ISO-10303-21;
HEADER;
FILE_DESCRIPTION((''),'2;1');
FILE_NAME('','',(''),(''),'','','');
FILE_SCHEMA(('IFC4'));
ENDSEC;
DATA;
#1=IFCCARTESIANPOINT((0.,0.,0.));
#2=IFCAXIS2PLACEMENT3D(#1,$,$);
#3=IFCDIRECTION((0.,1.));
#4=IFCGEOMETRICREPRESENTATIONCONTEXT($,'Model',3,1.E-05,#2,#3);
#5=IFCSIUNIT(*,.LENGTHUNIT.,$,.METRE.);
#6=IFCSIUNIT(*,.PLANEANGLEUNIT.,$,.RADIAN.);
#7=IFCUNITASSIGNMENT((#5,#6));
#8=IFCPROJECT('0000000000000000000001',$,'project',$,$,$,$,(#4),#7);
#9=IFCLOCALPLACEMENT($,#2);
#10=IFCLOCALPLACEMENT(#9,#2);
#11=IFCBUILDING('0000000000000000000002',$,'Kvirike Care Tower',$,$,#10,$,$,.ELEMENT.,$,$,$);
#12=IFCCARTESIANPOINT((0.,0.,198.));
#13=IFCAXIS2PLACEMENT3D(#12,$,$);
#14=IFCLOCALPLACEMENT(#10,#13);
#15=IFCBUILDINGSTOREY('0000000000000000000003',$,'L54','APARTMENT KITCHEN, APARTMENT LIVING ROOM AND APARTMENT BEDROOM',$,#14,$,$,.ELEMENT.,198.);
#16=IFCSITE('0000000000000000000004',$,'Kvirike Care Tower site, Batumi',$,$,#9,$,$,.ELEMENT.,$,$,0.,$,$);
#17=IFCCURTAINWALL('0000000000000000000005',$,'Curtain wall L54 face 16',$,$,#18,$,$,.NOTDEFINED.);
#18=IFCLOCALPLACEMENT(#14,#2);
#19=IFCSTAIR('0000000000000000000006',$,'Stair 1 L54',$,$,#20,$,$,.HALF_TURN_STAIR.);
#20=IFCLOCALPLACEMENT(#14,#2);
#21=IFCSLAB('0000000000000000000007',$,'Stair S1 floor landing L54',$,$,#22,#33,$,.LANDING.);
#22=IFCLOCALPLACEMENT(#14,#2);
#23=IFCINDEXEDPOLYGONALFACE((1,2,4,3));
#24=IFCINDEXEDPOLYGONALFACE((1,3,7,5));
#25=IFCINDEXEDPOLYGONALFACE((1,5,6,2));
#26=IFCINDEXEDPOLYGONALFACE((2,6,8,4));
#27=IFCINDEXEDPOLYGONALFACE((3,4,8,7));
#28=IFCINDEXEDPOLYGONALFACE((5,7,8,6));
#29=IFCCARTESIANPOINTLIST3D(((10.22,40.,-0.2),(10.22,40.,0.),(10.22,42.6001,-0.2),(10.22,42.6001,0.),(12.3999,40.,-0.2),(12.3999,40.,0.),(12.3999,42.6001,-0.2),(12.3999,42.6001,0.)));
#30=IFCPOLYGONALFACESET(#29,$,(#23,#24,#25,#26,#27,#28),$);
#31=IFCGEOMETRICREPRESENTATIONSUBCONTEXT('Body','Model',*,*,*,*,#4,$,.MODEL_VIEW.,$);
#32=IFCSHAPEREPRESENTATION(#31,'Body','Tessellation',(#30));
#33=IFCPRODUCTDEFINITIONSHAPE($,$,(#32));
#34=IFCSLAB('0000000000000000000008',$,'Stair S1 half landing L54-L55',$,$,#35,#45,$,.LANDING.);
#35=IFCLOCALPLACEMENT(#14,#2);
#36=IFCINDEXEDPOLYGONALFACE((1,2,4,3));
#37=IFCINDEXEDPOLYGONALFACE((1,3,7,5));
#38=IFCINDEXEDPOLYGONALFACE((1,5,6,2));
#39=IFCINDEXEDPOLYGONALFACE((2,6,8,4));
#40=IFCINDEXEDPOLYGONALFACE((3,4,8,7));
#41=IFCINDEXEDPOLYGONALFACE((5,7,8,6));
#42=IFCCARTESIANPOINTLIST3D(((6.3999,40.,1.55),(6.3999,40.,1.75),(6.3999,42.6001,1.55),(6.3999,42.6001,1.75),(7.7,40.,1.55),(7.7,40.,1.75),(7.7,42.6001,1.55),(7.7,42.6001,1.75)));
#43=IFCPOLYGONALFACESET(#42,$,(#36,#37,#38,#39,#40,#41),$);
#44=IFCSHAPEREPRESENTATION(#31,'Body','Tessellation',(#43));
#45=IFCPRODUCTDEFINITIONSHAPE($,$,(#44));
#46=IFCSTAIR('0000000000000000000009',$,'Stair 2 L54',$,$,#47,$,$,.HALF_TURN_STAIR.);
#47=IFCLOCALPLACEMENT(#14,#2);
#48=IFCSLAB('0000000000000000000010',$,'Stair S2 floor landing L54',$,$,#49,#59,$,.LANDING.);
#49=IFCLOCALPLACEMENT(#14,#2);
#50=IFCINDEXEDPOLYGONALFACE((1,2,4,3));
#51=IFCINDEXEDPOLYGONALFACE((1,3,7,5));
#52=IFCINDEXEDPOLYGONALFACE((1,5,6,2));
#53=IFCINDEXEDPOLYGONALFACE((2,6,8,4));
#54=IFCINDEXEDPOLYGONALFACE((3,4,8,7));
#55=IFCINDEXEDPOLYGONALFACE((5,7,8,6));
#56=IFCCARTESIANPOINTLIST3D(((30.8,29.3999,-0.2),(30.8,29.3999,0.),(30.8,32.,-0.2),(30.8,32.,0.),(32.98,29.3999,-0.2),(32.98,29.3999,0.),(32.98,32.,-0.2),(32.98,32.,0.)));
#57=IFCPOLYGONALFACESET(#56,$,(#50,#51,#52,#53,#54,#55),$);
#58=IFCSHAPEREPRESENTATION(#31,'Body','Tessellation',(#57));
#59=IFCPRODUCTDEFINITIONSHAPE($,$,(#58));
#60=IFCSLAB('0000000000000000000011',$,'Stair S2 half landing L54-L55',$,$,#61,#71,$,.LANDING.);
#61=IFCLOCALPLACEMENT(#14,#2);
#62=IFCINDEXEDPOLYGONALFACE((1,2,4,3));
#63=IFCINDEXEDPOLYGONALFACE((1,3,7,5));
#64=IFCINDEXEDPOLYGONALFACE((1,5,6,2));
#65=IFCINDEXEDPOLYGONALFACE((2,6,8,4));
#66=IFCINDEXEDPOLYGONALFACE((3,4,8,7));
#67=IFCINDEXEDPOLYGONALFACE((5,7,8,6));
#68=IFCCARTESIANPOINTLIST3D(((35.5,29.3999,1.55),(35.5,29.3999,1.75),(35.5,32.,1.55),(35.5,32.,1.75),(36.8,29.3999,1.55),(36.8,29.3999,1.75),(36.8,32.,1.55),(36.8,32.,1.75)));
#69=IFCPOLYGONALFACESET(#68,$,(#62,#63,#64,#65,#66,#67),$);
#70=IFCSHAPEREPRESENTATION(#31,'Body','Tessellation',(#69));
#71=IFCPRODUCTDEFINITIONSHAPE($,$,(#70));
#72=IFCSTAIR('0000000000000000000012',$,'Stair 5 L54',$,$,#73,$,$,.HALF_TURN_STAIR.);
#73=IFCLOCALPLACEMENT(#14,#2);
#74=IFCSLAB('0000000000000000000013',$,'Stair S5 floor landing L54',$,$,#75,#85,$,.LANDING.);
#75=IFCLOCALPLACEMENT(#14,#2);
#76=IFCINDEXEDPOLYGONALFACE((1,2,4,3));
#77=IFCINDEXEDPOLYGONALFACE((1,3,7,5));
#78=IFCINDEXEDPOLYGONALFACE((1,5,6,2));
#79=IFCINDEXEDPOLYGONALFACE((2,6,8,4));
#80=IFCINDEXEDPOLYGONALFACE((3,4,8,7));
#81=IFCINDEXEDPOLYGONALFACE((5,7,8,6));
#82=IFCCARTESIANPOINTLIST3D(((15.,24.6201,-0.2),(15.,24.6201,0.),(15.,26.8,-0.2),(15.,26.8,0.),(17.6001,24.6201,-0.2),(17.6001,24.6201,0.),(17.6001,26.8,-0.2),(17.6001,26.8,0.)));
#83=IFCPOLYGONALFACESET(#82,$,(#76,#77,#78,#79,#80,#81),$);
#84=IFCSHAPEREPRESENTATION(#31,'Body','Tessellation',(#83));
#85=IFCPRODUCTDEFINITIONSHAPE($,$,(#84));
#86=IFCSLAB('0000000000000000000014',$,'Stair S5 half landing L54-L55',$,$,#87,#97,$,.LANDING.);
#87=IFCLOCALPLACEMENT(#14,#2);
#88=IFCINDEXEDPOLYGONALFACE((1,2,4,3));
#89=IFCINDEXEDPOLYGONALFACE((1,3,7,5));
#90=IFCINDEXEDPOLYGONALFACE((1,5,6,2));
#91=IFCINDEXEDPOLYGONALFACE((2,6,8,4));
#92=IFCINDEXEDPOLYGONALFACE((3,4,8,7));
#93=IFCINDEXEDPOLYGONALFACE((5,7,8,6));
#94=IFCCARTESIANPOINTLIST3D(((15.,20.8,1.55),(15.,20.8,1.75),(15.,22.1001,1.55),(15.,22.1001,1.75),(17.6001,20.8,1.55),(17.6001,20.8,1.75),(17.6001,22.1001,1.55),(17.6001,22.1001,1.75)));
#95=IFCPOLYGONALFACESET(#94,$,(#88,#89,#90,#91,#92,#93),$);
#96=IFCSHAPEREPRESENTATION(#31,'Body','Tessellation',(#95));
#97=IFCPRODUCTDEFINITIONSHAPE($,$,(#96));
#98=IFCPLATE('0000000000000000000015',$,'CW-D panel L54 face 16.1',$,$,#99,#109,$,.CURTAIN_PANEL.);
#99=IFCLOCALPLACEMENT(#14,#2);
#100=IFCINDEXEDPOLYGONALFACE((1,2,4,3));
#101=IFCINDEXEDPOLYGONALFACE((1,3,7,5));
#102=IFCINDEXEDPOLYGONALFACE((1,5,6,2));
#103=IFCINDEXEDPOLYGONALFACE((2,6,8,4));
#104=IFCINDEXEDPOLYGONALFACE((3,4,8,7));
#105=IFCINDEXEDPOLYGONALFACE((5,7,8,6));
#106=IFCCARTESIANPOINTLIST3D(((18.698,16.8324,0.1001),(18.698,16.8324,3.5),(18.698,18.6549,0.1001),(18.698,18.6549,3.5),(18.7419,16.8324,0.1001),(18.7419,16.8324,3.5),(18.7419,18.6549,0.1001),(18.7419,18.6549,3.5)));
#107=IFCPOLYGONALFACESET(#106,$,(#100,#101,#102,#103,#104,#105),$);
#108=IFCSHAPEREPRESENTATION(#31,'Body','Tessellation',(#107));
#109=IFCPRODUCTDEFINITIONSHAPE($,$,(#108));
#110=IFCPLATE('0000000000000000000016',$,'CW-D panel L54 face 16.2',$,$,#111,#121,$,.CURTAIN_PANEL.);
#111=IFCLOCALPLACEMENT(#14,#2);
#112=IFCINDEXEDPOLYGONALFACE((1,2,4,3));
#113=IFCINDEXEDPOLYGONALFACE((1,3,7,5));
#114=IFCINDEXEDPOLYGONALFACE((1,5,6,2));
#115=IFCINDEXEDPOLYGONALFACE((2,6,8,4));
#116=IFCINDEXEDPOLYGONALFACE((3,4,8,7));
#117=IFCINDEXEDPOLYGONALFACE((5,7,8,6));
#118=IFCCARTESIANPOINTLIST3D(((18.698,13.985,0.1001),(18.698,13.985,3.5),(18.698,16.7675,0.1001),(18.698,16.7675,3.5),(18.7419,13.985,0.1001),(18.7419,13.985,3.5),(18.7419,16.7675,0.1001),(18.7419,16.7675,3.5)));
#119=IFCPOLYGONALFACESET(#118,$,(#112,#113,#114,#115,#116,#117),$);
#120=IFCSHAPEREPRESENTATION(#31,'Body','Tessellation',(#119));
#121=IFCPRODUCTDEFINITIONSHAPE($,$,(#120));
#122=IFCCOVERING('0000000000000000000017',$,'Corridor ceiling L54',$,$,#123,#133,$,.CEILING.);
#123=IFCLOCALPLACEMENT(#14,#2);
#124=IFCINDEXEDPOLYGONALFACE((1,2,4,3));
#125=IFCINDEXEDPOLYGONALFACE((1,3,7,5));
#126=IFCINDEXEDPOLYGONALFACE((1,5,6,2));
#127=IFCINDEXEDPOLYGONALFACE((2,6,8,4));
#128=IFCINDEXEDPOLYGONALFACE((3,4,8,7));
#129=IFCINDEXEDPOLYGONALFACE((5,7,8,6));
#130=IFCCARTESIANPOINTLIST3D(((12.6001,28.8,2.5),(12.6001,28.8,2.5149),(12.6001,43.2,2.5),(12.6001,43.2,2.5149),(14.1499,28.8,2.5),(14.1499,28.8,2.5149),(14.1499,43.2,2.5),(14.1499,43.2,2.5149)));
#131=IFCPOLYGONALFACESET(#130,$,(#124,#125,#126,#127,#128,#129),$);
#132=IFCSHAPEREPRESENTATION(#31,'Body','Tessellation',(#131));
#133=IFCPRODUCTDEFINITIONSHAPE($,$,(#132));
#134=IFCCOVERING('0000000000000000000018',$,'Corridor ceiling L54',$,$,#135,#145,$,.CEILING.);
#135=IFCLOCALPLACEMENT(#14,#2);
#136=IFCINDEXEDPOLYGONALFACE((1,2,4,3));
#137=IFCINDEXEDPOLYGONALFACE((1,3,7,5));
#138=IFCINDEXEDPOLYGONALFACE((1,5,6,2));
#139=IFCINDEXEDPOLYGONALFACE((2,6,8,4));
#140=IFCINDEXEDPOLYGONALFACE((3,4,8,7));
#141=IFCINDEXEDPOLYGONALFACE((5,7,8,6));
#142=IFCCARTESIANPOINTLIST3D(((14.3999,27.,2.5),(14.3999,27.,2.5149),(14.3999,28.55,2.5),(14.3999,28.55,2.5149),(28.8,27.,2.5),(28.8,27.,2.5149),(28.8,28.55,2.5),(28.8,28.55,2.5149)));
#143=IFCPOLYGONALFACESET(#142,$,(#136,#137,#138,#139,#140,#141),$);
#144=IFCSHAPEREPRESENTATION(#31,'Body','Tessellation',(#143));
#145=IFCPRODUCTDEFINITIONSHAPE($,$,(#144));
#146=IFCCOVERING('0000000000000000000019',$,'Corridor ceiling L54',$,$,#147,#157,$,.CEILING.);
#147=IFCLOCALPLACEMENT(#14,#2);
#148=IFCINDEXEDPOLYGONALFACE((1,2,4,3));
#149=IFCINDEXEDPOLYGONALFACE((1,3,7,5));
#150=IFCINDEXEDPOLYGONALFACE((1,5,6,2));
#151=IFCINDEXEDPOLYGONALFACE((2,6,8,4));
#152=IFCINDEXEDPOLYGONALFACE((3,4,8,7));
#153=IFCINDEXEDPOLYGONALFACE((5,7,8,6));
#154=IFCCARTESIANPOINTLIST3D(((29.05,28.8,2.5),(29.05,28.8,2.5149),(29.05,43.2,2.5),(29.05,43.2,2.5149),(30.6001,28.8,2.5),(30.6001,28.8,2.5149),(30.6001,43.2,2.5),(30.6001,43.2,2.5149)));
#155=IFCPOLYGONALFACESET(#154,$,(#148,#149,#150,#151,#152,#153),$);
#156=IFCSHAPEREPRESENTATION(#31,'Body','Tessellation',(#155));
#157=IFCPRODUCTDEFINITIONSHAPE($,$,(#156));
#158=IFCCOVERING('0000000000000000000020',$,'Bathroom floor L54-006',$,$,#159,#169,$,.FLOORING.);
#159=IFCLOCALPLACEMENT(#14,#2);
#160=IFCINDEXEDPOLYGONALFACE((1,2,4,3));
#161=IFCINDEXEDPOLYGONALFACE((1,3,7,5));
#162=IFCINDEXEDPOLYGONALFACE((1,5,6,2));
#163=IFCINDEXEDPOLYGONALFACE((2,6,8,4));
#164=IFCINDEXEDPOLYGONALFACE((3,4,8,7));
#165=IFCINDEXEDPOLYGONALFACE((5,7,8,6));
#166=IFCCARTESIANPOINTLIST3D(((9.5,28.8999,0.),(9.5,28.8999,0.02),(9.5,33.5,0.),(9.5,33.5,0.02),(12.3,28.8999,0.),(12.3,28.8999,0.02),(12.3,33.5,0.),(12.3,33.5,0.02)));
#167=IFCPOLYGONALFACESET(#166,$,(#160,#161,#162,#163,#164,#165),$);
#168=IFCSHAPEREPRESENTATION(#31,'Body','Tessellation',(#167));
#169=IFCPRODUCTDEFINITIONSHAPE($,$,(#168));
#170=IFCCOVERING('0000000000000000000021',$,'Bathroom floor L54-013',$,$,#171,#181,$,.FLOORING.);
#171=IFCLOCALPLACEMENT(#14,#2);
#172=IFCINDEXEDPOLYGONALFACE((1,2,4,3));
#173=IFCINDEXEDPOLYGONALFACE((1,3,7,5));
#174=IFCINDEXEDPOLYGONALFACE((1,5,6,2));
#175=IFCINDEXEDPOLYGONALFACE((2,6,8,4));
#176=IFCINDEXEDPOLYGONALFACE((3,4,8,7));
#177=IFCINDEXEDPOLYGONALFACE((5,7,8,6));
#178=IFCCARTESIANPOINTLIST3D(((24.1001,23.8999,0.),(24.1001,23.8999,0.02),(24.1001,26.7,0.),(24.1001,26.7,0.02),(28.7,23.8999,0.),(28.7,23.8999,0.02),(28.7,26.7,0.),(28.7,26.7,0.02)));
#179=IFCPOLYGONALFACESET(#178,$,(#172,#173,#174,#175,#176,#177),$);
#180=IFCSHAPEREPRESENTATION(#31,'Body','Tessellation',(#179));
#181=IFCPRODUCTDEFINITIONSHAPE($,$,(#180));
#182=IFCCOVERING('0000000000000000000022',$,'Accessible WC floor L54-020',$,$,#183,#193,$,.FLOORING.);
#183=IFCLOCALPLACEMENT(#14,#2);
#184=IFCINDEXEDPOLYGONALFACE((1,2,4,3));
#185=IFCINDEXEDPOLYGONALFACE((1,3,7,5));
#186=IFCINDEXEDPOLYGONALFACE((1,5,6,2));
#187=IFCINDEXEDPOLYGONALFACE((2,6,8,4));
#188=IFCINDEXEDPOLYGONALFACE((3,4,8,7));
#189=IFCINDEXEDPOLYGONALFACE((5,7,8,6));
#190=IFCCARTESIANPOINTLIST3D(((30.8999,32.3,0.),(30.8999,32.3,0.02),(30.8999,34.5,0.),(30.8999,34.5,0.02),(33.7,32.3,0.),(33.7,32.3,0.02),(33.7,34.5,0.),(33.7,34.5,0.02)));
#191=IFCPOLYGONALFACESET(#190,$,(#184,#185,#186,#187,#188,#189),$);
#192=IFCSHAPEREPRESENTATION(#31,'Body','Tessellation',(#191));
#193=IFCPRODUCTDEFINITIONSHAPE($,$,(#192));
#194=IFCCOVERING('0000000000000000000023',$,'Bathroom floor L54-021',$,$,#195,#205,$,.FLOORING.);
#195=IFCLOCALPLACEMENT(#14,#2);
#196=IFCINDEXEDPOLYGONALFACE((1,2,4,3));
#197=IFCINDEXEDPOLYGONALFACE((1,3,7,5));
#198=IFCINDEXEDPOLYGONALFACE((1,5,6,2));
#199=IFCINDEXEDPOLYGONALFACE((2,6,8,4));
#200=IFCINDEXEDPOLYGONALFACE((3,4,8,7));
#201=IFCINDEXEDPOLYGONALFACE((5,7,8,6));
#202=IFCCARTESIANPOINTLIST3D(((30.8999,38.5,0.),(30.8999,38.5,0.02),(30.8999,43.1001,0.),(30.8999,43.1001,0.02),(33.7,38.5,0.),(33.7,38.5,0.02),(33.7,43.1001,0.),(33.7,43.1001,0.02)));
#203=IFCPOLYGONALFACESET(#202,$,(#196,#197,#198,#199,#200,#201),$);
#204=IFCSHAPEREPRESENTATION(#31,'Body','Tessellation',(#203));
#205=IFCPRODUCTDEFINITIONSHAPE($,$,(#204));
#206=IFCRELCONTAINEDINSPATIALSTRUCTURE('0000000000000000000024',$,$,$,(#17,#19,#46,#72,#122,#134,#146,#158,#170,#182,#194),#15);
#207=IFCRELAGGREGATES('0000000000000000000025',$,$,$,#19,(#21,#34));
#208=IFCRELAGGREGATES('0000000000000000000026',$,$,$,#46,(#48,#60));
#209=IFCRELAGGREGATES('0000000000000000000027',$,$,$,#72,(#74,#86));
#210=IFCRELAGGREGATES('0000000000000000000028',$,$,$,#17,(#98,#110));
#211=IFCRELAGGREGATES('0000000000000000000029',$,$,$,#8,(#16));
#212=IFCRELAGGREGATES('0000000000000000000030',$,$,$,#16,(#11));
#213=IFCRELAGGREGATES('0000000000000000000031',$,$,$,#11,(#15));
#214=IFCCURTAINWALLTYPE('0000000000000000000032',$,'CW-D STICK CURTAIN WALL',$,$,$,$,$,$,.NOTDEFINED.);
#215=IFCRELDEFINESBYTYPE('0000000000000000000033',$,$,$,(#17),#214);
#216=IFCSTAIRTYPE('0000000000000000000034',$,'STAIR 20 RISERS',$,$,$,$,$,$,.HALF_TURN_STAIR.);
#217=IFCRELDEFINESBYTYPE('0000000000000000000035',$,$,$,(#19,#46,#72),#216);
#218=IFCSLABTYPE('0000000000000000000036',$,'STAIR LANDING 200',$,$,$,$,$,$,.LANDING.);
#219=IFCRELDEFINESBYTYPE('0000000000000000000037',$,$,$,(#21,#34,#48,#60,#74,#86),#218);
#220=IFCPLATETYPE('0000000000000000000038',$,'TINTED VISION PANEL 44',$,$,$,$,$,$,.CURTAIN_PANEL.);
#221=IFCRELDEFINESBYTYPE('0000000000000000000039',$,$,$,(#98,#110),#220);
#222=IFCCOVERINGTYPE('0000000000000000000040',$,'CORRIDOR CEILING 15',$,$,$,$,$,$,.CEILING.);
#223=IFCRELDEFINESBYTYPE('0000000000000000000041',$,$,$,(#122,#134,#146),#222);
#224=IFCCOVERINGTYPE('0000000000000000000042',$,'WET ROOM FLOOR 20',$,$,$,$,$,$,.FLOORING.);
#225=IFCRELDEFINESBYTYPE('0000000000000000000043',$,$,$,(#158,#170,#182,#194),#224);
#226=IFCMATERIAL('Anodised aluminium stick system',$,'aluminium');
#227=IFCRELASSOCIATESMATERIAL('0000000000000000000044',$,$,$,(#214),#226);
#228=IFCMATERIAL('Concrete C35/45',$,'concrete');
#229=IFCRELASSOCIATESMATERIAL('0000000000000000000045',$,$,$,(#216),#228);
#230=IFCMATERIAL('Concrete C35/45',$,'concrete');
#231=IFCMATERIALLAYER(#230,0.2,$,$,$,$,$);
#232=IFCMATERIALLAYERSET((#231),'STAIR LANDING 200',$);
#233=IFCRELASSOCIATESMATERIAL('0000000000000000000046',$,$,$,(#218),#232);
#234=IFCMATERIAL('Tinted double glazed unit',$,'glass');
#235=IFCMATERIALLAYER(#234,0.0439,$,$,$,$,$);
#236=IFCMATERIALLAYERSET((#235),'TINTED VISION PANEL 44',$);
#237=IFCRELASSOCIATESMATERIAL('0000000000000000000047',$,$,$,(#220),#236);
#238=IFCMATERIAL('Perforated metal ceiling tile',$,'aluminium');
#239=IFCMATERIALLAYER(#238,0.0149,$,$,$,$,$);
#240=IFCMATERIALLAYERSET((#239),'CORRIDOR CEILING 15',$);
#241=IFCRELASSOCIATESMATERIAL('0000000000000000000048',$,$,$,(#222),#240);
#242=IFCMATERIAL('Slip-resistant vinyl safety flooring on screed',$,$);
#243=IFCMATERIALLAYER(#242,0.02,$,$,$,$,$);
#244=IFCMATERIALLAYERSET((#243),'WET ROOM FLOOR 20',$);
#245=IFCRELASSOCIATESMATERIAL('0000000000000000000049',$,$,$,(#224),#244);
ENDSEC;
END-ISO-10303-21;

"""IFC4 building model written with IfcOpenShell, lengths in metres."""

from ifc_helpers import new_model, si_unit, direction, frame, origin, origin_2d, place, context, subcontext, project, spatial, polyline, rectangle, outline, extrude, material, layer, layer_set, type_object, element, aggregate, save


model = new_model("IFC4")

# Units and contexts
model_context = context("Model", 3, precision=1e-05, world=origin(), true_north=direction((0.0, 1.0)))
body_context = subcontext(model_context, "Body", "Model", "MODEL_VIEW")
ifc_project = project(units=[si_unit("LENGTHUNIT", "METRE"), si_unit("PLANEANGLEUNIT", "RADIAN")], contexts=[model_context])

# Site, building, storey
site_placement = place(None, origin())
site = spatial("IfcSite", under=ifc_project, at=site_placement, Name="Kvirike Care Tower site, Batumi", CompositionType="ELEMENT", RefElevation=0.0)
building_placement = place(site_placement, origin())
building = spatial("IfcBuilding", under=site, at=building_placement, Name="Kvirike Care Tower", CompositionType="ELEMENT")
storey_placement = place(building_placement, frame((0.0, 0.0, 198.0)))
storey = spatial("IfcBuildingStorey", under=building, at=storey_placement, Name="L54", Description="APARTMENT KITCHEN, APARTMENT LIVING ROOM AND APARTMENT BEDROOM", CompositionType="ELEMENT", Elevation=198.0)

# Shared definitions
ifc_material_1 = material(Name="Anodised aluminium stick system", Category="aluminium")
curtain_wall_type = type_object("IfcCurtainWallType", Name="CW-D STICK CURTAIN WALL", PredefinedType="NOTDEFINED", material=ifc_material_1)

# Curtain wall
curtain_wall_1_placement = place(storey_placement, origin())
curtain_wall_1 = element("IfcCurtainWall", 1, at=curtain_wall_1_placement, inside=storey, type_object=curtain_wall_type, Name="Curtain wall L54 face 16", PredefinedType="NOTDEFINED")

# Stairs, slabs
ifc_material_2 = material(Name="Concrete C35/45", Category="concrete")
stair_type = type_object("IfcStairType", Name="STAIR 20 RISERS", PredefinedType="HALF_TURN_STAIR", material=ifc_material_2)
stair_1_placement = place(storey_placement, origin())
stair_1 = element("IfcStair", 2, at=stair_1_placement, inside=storey, type_object=stair_type, Name="Stair 1 L54", PredefinedType="HALF_TURN_STAIR")
ifc_material_3 = material(Name="Concrete C35/45", Category="concrete")
ifc_layer_1 = layer(ifc_material_3, 0.2)
ifc_layer_set_1 = layer_set([ifc_layer_1], Name="STAIR LANDING 200")
slab_type_1 = type_object("IfcSlabType", Name="STAIR LANDING 200", PredefinedType="LANDING", material=ifc_layer_set_1)
slab_1_placement = place(storey_placement, frame((0.0, 0.0, -0.2)))
slab_1 = element("IfcSlab", 3, at=slab_1_placement, type_object=slab_type_1, Name="Stair S1 floor landing L54", PredefinedType="LANDING", context=body_context, shape_type="SweptSolid", body=[
    extrude(outline(polyline([(10.22, 42.6001), (10.22, 40.0), (12.3999, 40.0), (12.3999, 42.6001), (10.22, 42.6001)])), origin(), (0.0, 0.0, 1.0), 0.2),
])
slab_2_placement = place(storey_placement, frame((0.0, 0.0, 1.55)))
slab_2 = element("IfcSlab", 4, at=slab_2_placement, type_object=slab_type_1, Name="Stair S1 half landing L54-L55", PredefinedType="LANDING", context=body_context, shape_type="SweptSolid", body=[
    extrude(outline(polyline([(6.3999, 42.6001), (6.3999, 40.0), (7.7, 40.0), (7.7, 42.6001), (6.3999, 42.6001)])), origin(), (0.0, 0.0, 1.0), 0.2),
])
aggregate(stair_1, [slab_1, slab_2])
stair_2_placement = place(storey_placement, origin())
stair_2 = element("IfcStair", 5, at=stair_2_placement, inside=storey, type_object=stair_type, Name="Stair 2 L54", PredefinedType="HALF_TURN_STAIR")
slab_3_placement = place(storey_placement, frame((0.0, 0.0, -0.2)))
slab_3 = element("IfcSlab", 6, at=slab_3_placement, type_object=slab_type_1, Name="Stair S2 floor landing L54", PredefinedType="LANDING", context=body_context, shape_type="SweptSolid", body=[
    extrude(outline(polyline([(32.98, 29.3999), (32.98, 32.0), (30.8, 32.0), (30.8, 29.3999), (32.98, 29.3999)])), origin(), (0.0, 0.0, 1.0), 0.2),
])
slab_4_placement = place(storey_placement, frame((0.0, 0.0, 1.55)))
slab_4 = element("IfcSlab", 7, at=slab_4_placement, type_object=slab_type_1, Name="Stair S2 half landing L54-L55", PredefinedType="LANDING", context=body_context, shape_type="SweptSolid", body=[
    extrude(outline(polyline([(36.8, 29.3999), (36.8, 32.0), (35.5, 32.0), (35.5, 29.3999), (36.8, 29.3999)])), origin(), (0.0, 0.0, 1.0), 0.2),
])
aggregate(stair_2, [slab_3, slab_4])
stair_3_placement = place(storey_placement, origin())
stair_3 = element("IfcStair", 8, at=stair_3_placement, inside=storey, type_object=stair_type, Name="Stair 5 L54", PredefinedType="HALF_TURN_STAIR")
slab_5_placement = place(storey_placement, frame((0.0, 0.0, -0.2)))
slab_5 = element("IfcSlab", 9, at=slab_5_placement, type_object=slab_type_1, Name="Stair S5 floor landing L54", PredefinedType="LANDING", context=body_context, shape_type="SweptSolid", body=[
    extrude(outline(polyline([(15.0, 24.6201), (17.6001, 24.6201), (17.6001, 26.8), (15.0, 26.8), (15.0, 24.6201)])), origin(), (0.0, 0.0, 1.0), 0.2),
])
slab_6_placement = place(storey_placement, frame((0.0, 0.0, 1.55)))
slab_6 = element("IfcSlab", 10, at=slab_6_placement, type_object=slab_type_1, Name="Stair S5 half landing L54-L55", PredefinedType="LANDING", context=body_context, shape_type="SweptSolid", body=[
    extrude(outline(polyline([(15.0, 20.8), (17.6001, 20.8), (17.6001, 22.1001), (15.0, 22.1001), (15.0, 20.8)])), origin(), (0.0, 0.0, 1.0), 0.2),
])
aggregate(stair_3, [slab_5, slab_6])

# Plates
ifc_material_4 = material(Name="Tinted double glazed unit", Category="glass")
ifc_layer_2 = layer(ifc_material_4, 0.0439)
ifc_layer_set_2 = layer_set([ifc_layer_2], Name="TINTED VISION PANEL 44")
plate_type = type_object("IfcPlateType", Name="TINTED VISION PANEL 44", PredefinedType="CURTAIN_PANEL", material=ifc_layer_set_2)
plate_1_placement = place(storey_placement, frame((18.72, 17.7437, 0.1001), z_axis=(0.0, 0.0, 1.0), x_axis=(0.0, -1.0, 0.0)))
plate_1 = element("IfcPlate", 11, at=plate_1_placement, type_object=plate_type, Name="CW-D panel L54 face 16.1", PredefinedType="CURTAIN_PANEL", context=body_context, shape_type="SweptSolid", body=[
    extrude(rectangle(XDim=1.8225, YDim=0.0439, at=origin_2d()), origin(), (0.0, 0.0, 1.0), 3.3999),
])
plate_2_placement = place(storey_placement, frame((18.72, 15.3762, 0.1001), z_axis=(0.0, 0.0, 1.0), x_axis=(0.0, -1.0, 0.0)))
plate_2 = element("IfcPlate", 12, at=plate_2_placement, type_object=plate_type, Name="CW-D panel L54 face 16.2", PredefinedType="CURTAIN_PANEL", context=body_context, shape_type="SweptSolid", body=[
    extrude(rectangle(XDim=2.7825, YDim=0.0439, at=origin_2d()), origin(), (0.0, 0.0, 1.0), 3.3999),
])
aggregate(curtain_wall_1, [plate_1, plate_2])

# Coverings
ifc_material_5 = material(Name="Perforated metal ceiling tile", Category="aluminium")
ifc_layer_3 = layer(ifc_material_5, 0.0149)
ifc_layer_set_3 = layer_set([ifc_layer_3], Name="CORRIDOR CEILING 15")
covering_type_1 = type_object("IfcCoveringType", Name="CORRIDOR CEILING 15", PredefinedType="CEILING", material=ifc_layer_set_3)
covering_1_placement = place(storey_placement, frame((0.0, 0.0, 2.5)))
element("IfcCovering", 13, at=covering_1_placement, inside=storey, type_object=covering_type_1, Name="Corridor ceiling L54", PredefinedType="CEILING", context=body_context, shape_type="SweptSolid", body=[
    extrude(outline(polyline([(12.6001, 43.2), (14.1499, 43.2), (14.1499, 28.8), (12.6001, 28.8), (12.6001, 43.2)])), origin(), (0.0, 0.0, 1.0), 0.0149),
])
covering_2_placement = place(storey_placement, frame((0.0, 0.0, 2.5)))
element("IfcCovering", 14, at=covering_2_placement, inside=storey, type_object=covering_type_1, Name="Corridor ceiling L54", PredefinedType="CEILING", context=body_context, shape_type="SweptSolid", body=[
    extrude(outline(polyline([(14.3999, 27.0), (14.3999, 28.55), (28.8, 28.55), (28.8, 27.0), (14.3999, 27.0)])), origin(), (0.0, 0.0, 1.0), 0.0149),
])
covering_3_placement = place(storey_placement, frame((0.0, 0.0, 2.5)))
element("IfcCovering", 15, at=covering_3_placement, inside=storey, type_object=covering_type_1, Name="Corridor ceiling L54", PredefinedType="CEILING", context=body_context, shape_type="SweptSolid", body=[
    extrude(outline(polyline([(30.6001, 28.8), (29.05, 28.8), (29.05, 43.2), (30.6001, 43.2), (30.6001, 28.8)])), origin(), (0.0, 0.0, 1.0), 0.0149),
])
ifc_material_6 = material(Name="Slip-resistant vinyl safety flooring on screed")
ifc_layer_4 = layer(ifc_material_6, 0.02)
ifc_layer_set_4 = layer_set([ifc_layer_4], Name="WET ROOM FLOOR 20")
covering_type_2 = type_object("IfcCoveringType", Name="WET ROOM FLOOR 20", PredefinedType="FLOORING", material=ifc_layer_set_4)
covering_4_placement = place(storey_placement, origin())
element("IfcCovering", 16, at=covering_4_placement, inside=storey, type_object=covering_type_2, Name="Bathroom floor L54-006", PredefinedType="FLOORING", context=body_context, shape_type="SweptSolid", body=[
    extrude(outline(polyline([(9.5, 33.5), (12.3, 33.5), (12.3, 28.8999), (9.5, 28.8999), (9.5, 33.5)])), origin(), (0.0, 0.0, 1.0), 0.02),
])
covering_5_placement = place(storey_placement, origin())
element("IfcCovering", 17, at=covering_5_placement, inside=storey, type_object=covering_type_2, Name="Bathroom floor L54-013", PredefinedType="FLOORING", context=body_context, shape_type="SweptSolid", body=[
    extrude(outline(polyline([(24.1001, 23.8999), (24.1001, 26.7), (28.7, 26.7), (28.7, 23.8999), (24.1001, 23.8999)])), origin(), (0.0, 0.0, 1.0), 0.02),
])
covering_6_placement = place(storey_placement, origin())
element("IfcCovering", 18, at=covering_6_placement, inside=storey, type_object=covering_type_2, Name="Accessible WC floor L54-020", PredefinedType="FLOORING", context=body_context, shape_type="SweptSolid", body=[
    extrude(outline(polyline([(33.7, 32.3), (30.8999, 32.3), (30.8999, 34.5), (33.7, 34.5), (33.7, 32.3)])), origin(), (0.0, 0.0, 1.0), 0.02),
])
covering_7_placement = place(storey_placement, origin())
element("IfcCovering", 19, at=covering_7_placement, inside=storey, type_object=covering_type_2, Name="Bathroom floor L54-021", PredefinedType="FLOORING", context=body_context, shape_type="SweptSolid", body=[
    extrude(outline(polyline([(33.7, 38.5), (30.8999, 38.5), (30.8999, 43.1001), (33.7, 43.1001), (33.7, 38.5)])), origin(), (0.0, 0.0, 1.0), 0.02),
])

save(model, "model.ifc")
